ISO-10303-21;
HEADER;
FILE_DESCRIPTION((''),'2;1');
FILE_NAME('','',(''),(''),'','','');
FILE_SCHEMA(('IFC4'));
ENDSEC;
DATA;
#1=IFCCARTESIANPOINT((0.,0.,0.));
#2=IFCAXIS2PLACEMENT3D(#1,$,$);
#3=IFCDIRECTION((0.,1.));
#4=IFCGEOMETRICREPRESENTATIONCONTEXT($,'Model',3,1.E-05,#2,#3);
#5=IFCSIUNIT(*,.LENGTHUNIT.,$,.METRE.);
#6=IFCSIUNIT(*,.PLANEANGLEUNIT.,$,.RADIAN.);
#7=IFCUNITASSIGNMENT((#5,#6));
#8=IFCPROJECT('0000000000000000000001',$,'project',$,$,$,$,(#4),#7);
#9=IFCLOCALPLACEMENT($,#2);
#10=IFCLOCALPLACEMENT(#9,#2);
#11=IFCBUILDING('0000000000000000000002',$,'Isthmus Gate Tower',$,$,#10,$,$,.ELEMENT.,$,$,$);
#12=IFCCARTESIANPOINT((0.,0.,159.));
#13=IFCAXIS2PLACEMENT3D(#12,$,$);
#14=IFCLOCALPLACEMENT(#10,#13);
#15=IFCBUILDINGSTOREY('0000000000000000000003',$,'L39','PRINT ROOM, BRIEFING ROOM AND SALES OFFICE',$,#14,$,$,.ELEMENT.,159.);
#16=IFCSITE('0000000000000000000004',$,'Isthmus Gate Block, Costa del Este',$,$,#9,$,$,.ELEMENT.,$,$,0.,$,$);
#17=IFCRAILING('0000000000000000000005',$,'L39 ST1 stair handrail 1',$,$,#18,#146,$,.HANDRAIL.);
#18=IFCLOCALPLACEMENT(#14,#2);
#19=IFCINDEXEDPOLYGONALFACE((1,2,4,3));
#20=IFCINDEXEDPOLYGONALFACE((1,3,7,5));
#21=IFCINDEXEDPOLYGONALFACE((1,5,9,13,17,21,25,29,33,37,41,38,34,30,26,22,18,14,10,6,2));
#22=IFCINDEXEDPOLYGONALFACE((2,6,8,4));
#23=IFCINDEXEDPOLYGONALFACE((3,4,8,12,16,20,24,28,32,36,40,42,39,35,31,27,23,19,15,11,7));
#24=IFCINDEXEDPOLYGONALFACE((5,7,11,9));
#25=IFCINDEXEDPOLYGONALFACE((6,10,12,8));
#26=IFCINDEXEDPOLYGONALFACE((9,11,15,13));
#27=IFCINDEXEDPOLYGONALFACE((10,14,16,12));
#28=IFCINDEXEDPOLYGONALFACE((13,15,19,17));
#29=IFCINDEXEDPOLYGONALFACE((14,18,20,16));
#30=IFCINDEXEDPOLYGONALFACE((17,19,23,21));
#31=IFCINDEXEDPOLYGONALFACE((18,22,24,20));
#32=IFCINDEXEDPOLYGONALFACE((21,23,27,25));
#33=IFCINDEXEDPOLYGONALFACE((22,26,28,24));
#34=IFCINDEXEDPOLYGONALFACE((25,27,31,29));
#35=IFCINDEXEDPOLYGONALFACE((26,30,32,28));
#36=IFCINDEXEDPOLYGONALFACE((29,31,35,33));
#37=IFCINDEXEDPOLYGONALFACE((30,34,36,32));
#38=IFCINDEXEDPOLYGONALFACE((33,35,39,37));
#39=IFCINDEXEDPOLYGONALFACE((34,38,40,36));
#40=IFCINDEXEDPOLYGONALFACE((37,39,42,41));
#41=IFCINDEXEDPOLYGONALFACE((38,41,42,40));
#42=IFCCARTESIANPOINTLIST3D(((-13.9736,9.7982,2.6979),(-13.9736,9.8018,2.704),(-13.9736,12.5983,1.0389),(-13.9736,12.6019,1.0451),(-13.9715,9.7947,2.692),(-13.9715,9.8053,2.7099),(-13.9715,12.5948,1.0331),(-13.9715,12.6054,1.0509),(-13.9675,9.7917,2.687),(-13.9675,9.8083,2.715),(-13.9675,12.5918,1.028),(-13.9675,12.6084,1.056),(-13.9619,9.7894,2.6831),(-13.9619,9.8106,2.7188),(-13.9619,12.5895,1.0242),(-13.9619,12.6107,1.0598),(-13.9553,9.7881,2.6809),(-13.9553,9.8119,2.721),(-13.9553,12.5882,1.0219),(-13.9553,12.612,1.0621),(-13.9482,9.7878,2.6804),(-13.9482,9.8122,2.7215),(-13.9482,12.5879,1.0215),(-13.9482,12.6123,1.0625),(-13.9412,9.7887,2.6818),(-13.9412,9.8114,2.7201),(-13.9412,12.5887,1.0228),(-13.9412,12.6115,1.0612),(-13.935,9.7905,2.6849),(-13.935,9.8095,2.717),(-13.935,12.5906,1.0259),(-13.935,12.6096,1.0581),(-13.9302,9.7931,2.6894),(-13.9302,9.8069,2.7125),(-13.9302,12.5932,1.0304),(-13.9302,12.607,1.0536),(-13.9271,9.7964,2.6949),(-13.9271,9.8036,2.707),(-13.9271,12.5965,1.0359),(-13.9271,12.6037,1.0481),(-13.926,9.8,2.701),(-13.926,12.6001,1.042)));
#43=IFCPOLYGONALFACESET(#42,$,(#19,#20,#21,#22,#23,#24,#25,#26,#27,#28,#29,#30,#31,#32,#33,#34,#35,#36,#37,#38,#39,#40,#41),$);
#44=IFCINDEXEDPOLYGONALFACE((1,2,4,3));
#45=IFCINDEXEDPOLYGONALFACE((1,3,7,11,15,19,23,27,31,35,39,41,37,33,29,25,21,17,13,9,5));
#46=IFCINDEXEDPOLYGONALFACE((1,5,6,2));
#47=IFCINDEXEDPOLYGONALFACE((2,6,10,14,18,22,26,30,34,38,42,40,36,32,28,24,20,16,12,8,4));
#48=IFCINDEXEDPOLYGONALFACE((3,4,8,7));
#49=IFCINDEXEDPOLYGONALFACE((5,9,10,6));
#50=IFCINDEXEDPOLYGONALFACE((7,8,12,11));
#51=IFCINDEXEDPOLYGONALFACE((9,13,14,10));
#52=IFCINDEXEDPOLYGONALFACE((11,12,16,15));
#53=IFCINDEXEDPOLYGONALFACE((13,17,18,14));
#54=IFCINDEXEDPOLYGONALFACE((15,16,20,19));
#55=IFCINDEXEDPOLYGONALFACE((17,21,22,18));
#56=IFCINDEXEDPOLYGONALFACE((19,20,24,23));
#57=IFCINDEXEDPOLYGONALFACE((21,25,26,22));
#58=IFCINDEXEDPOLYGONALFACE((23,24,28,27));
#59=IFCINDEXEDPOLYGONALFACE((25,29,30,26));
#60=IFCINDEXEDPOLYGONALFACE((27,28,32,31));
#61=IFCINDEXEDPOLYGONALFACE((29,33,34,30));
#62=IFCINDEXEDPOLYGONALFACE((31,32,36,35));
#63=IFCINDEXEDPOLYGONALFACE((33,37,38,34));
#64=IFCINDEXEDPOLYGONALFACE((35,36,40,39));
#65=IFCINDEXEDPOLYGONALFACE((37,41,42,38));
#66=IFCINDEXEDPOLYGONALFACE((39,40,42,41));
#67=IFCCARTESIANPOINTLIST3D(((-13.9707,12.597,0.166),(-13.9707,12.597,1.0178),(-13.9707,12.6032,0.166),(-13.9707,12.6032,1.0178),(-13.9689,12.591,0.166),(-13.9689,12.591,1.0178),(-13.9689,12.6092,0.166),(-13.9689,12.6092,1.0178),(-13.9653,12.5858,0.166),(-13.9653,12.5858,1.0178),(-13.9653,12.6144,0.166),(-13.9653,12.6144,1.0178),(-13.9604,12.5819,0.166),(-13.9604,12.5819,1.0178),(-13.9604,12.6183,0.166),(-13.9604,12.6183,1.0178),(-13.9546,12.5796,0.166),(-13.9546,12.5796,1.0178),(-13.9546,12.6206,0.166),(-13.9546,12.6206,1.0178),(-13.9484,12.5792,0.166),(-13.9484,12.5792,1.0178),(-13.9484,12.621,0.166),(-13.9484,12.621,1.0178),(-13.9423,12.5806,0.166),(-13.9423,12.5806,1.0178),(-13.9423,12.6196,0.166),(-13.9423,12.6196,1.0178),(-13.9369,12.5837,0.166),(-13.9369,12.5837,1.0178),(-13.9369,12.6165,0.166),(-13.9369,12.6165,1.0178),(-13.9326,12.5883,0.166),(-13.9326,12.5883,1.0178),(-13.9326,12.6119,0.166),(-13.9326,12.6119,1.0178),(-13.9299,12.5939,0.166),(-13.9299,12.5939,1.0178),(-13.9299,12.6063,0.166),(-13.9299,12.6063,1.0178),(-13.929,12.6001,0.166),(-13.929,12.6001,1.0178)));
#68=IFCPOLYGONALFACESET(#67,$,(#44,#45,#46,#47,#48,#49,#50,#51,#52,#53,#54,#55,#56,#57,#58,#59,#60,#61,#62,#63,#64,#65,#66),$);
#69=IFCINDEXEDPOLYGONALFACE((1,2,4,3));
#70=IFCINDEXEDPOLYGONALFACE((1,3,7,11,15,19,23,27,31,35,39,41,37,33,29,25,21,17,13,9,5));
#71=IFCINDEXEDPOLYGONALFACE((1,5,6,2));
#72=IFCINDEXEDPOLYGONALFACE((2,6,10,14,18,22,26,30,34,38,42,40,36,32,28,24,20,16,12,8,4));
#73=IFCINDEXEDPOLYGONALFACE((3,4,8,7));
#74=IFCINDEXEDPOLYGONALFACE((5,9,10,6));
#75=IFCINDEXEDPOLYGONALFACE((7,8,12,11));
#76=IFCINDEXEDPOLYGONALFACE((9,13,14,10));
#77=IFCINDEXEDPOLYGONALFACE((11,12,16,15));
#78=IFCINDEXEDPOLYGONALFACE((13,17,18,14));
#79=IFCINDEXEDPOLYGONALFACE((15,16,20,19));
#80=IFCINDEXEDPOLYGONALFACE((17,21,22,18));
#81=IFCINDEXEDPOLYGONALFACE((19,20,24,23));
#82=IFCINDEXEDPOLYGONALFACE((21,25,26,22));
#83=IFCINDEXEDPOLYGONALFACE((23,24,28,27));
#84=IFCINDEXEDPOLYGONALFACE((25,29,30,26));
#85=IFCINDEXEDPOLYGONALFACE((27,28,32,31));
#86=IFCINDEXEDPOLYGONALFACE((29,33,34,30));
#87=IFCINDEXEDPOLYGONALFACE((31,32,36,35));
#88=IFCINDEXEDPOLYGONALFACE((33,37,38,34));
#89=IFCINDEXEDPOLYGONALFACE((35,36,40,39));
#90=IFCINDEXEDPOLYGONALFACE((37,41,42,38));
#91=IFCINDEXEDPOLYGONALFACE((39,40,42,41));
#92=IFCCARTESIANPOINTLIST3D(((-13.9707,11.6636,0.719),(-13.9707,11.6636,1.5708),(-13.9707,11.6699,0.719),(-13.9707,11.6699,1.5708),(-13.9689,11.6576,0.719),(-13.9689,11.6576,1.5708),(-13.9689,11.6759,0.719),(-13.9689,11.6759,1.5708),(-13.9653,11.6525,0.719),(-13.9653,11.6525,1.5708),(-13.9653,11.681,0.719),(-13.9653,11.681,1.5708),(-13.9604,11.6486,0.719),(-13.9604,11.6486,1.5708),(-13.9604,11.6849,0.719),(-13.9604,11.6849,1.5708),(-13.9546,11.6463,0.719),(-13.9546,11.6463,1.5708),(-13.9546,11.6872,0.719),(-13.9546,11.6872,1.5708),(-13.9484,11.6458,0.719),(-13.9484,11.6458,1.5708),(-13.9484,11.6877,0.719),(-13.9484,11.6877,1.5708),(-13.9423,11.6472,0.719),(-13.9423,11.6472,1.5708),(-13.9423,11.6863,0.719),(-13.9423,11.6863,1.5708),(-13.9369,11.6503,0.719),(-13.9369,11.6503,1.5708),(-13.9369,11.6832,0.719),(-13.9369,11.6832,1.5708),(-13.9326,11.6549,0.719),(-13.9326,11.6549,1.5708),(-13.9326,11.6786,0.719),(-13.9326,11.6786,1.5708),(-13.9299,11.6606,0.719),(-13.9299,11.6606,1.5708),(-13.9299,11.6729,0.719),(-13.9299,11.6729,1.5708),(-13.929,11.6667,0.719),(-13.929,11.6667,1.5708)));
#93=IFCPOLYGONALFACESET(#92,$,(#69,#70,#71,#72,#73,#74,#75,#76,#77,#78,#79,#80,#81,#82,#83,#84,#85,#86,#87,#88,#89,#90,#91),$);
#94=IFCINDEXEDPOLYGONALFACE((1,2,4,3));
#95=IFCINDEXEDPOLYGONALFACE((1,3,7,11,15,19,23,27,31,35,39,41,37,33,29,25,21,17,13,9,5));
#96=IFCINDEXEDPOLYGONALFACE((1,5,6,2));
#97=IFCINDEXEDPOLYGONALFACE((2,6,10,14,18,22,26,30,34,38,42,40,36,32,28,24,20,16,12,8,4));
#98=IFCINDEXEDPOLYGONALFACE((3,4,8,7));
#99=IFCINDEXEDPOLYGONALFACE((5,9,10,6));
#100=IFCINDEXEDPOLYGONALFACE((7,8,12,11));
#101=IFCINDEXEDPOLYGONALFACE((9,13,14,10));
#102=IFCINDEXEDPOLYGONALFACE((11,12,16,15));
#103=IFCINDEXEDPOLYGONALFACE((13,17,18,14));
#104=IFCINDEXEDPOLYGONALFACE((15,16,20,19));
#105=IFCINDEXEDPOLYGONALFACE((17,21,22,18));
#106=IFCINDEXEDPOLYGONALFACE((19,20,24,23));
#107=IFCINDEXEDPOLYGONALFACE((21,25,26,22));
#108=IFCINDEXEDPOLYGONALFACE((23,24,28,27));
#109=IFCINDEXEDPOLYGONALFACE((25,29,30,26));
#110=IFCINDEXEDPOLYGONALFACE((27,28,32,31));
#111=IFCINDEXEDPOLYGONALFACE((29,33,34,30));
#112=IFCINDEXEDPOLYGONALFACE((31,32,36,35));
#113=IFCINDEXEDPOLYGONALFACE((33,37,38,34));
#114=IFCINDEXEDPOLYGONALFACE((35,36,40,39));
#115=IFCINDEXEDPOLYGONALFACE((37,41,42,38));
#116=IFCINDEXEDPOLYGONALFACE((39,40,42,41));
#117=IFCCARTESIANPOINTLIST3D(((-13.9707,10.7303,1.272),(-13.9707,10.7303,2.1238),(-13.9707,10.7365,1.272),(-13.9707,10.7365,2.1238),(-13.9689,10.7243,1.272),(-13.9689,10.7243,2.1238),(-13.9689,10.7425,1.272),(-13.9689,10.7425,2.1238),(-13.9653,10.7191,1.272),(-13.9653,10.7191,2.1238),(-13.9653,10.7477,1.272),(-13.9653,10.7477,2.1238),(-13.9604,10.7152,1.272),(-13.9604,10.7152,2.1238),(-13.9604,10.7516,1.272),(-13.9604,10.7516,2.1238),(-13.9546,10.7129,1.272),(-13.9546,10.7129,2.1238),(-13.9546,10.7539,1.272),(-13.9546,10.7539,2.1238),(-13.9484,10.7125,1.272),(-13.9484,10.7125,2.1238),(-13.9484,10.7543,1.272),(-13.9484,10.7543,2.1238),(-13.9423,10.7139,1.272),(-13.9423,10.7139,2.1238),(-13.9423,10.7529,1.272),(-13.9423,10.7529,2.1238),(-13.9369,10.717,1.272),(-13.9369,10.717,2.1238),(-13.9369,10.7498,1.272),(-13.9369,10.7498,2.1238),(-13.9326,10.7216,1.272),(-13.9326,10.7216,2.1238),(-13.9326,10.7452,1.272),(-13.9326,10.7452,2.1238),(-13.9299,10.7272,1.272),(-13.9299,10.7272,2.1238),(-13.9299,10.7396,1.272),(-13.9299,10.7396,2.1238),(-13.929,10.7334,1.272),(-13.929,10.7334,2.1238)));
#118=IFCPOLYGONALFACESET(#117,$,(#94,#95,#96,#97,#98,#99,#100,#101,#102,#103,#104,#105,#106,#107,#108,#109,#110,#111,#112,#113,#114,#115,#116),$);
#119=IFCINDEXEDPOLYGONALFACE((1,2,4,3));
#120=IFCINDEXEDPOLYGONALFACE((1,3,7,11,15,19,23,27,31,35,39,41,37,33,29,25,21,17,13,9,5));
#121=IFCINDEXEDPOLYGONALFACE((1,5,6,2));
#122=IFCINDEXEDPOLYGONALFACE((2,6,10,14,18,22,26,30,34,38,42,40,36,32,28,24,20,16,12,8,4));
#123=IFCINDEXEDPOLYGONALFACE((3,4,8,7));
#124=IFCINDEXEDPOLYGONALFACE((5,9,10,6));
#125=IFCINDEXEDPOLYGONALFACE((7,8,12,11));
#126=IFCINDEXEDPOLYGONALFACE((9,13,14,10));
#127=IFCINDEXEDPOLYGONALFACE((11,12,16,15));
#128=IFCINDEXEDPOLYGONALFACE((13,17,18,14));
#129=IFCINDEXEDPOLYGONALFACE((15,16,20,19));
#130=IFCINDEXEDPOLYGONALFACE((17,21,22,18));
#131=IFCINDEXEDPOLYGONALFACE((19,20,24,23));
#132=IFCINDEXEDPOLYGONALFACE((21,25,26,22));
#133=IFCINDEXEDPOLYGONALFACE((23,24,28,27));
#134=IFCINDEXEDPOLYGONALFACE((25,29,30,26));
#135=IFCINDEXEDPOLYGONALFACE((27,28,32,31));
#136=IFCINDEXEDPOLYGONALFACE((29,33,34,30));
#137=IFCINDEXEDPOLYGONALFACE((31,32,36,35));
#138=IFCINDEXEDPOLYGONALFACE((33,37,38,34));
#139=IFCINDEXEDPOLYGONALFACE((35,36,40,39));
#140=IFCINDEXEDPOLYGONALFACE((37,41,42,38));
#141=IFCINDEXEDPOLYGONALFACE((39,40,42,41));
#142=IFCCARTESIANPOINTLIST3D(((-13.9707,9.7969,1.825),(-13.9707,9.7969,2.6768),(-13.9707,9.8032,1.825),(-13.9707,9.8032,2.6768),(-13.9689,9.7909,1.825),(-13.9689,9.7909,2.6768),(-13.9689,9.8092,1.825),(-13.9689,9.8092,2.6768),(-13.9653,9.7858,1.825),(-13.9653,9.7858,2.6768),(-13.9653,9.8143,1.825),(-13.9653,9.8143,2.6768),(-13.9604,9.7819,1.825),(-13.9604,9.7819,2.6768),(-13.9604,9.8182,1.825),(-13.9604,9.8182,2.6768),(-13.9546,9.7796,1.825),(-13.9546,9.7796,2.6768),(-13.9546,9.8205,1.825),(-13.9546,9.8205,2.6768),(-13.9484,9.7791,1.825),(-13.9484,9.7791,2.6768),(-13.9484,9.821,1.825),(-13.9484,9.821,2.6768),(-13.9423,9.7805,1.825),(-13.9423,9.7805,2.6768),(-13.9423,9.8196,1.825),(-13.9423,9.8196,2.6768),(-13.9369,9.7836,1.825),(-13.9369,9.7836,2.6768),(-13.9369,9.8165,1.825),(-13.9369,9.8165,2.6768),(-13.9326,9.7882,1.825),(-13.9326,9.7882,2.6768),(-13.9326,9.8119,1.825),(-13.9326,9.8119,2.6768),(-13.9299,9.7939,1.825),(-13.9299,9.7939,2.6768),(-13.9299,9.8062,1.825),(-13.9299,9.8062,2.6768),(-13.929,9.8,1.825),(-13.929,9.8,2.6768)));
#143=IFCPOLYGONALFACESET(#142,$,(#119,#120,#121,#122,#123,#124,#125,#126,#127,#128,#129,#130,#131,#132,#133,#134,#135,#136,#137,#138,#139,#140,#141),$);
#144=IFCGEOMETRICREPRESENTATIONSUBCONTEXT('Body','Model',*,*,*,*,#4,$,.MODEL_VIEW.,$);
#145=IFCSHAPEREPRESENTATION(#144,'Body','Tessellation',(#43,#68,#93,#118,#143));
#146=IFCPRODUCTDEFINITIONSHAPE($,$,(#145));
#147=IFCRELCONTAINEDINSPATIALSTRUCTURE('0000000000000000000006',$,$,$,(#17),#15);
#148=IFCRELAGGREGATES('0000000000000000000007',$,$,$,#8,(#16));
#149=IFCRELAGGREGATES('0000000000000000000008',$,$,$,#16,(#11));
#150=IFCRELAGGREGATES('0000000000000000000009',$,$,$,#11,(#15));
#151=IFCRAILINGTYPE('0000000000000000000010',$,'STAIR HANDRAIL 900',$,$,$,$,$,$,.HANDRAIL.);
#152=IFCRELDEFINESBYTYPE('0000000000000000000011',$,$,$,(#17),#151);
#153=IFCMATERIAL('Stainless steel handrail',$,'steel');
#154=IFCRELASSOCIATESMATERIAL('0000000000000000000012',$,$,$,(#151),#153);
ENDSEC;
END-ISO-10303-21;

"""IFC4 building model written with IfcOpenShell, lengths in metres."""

from ifc_helpers import new_model, si_unit, direction, frame, origin, origin_2d, place, context, subcontext, project, spatial, circle, extrude, material, type_object, element, save


model = new_model("IFC4")

# Units and contexts
model_context = context("Model", 3, precision=1e-05, world=origin(), true_north=direction((0.0, 1.0)))
body_context = subcontext(model_context, "Body", "Model", "MODEL_VIEW")
ifc_project = project(units=[si_unit("LENGTHUNIT", "METRE"), si_unit("PLANEANGLEUNIT", "RADIAN")], contexts=[model_context])

# Site, building, storey
site_placement = place(None, origin())
site = spatial("IfcSite", under=ifc_project, at=site_placement, Name="Isthmus Gate Block, Costa del Este", CompositionType="ELEMENT", RefElevation=0.0)
building_placement = place(site_placement, origin())
building = spatial("IfcBuilding", under=site, at=building_placement, Name="Isthmus Gate Tower", CompositionType="ELEMENT")
storey_placement = place(building_placement, frame((0.0, 0.0, 159.0)))
storey = spatial("IfcBuildingStorey", under=building, at=storey_placement, Name="L39", Description="PRINT ROOM, BRIEFING ROOM AND SALES OFFICE", CompositionType="ELEMENT", Elevation=159.0)

# Railing
ifc_material_1 = material(Name="Stainless steel handrail", Category="steel")
railing_type_1 = type_object("IfcRailingType", Name="STAIR HANDRAIL 900", PredefinedType="HANDRAIL", material=ifc_material_1)
railing_1_placement = place(storey_placement, frame((-13.95, 12.6001, 0.166)))
element("IfcRailing", 1, at=railing_1_placement, inside=storey, type_object=railing_type_1, Name="L39 ST1 stair handrail 1", PredefinedType="HANDRAIL", context=body_context, shape_type="SweptSolid", body=[
    extrude(circle(Radius=0.0239, at=origin_2d()), frame((0.0, 0.0, 0.876), z_axis=(0.0, -0.860339, 0.509722), x_axis=(1.0, 0.0, 0.0)), (0.0, 0.0, 1.0), 3.2546),
    extrude(circle(Radius=0.021, at=origin_2d()), origin(), (0.0, 0.0, 1.0), 0.8518),
    extrude(circle(Radius=0.021, at=origin_2d()), frame((0.0, -0.9333, 0.553)), (0.0, 0.0, 1.0), 0.8518),
    extrude(circle(Radius=0.021, at=origin_2d()), frame((0.0, -1.8667, 1.106)), (0.0, 0.0, 1.0), 0.8518),
    extrude(circle(Radius=0.021, at=origin_2d()), frame((0.0, -2.8, 1.6589)), (0.0, 0.0, 1.0), 0.8518),
])

save(model, "model.ifc")
